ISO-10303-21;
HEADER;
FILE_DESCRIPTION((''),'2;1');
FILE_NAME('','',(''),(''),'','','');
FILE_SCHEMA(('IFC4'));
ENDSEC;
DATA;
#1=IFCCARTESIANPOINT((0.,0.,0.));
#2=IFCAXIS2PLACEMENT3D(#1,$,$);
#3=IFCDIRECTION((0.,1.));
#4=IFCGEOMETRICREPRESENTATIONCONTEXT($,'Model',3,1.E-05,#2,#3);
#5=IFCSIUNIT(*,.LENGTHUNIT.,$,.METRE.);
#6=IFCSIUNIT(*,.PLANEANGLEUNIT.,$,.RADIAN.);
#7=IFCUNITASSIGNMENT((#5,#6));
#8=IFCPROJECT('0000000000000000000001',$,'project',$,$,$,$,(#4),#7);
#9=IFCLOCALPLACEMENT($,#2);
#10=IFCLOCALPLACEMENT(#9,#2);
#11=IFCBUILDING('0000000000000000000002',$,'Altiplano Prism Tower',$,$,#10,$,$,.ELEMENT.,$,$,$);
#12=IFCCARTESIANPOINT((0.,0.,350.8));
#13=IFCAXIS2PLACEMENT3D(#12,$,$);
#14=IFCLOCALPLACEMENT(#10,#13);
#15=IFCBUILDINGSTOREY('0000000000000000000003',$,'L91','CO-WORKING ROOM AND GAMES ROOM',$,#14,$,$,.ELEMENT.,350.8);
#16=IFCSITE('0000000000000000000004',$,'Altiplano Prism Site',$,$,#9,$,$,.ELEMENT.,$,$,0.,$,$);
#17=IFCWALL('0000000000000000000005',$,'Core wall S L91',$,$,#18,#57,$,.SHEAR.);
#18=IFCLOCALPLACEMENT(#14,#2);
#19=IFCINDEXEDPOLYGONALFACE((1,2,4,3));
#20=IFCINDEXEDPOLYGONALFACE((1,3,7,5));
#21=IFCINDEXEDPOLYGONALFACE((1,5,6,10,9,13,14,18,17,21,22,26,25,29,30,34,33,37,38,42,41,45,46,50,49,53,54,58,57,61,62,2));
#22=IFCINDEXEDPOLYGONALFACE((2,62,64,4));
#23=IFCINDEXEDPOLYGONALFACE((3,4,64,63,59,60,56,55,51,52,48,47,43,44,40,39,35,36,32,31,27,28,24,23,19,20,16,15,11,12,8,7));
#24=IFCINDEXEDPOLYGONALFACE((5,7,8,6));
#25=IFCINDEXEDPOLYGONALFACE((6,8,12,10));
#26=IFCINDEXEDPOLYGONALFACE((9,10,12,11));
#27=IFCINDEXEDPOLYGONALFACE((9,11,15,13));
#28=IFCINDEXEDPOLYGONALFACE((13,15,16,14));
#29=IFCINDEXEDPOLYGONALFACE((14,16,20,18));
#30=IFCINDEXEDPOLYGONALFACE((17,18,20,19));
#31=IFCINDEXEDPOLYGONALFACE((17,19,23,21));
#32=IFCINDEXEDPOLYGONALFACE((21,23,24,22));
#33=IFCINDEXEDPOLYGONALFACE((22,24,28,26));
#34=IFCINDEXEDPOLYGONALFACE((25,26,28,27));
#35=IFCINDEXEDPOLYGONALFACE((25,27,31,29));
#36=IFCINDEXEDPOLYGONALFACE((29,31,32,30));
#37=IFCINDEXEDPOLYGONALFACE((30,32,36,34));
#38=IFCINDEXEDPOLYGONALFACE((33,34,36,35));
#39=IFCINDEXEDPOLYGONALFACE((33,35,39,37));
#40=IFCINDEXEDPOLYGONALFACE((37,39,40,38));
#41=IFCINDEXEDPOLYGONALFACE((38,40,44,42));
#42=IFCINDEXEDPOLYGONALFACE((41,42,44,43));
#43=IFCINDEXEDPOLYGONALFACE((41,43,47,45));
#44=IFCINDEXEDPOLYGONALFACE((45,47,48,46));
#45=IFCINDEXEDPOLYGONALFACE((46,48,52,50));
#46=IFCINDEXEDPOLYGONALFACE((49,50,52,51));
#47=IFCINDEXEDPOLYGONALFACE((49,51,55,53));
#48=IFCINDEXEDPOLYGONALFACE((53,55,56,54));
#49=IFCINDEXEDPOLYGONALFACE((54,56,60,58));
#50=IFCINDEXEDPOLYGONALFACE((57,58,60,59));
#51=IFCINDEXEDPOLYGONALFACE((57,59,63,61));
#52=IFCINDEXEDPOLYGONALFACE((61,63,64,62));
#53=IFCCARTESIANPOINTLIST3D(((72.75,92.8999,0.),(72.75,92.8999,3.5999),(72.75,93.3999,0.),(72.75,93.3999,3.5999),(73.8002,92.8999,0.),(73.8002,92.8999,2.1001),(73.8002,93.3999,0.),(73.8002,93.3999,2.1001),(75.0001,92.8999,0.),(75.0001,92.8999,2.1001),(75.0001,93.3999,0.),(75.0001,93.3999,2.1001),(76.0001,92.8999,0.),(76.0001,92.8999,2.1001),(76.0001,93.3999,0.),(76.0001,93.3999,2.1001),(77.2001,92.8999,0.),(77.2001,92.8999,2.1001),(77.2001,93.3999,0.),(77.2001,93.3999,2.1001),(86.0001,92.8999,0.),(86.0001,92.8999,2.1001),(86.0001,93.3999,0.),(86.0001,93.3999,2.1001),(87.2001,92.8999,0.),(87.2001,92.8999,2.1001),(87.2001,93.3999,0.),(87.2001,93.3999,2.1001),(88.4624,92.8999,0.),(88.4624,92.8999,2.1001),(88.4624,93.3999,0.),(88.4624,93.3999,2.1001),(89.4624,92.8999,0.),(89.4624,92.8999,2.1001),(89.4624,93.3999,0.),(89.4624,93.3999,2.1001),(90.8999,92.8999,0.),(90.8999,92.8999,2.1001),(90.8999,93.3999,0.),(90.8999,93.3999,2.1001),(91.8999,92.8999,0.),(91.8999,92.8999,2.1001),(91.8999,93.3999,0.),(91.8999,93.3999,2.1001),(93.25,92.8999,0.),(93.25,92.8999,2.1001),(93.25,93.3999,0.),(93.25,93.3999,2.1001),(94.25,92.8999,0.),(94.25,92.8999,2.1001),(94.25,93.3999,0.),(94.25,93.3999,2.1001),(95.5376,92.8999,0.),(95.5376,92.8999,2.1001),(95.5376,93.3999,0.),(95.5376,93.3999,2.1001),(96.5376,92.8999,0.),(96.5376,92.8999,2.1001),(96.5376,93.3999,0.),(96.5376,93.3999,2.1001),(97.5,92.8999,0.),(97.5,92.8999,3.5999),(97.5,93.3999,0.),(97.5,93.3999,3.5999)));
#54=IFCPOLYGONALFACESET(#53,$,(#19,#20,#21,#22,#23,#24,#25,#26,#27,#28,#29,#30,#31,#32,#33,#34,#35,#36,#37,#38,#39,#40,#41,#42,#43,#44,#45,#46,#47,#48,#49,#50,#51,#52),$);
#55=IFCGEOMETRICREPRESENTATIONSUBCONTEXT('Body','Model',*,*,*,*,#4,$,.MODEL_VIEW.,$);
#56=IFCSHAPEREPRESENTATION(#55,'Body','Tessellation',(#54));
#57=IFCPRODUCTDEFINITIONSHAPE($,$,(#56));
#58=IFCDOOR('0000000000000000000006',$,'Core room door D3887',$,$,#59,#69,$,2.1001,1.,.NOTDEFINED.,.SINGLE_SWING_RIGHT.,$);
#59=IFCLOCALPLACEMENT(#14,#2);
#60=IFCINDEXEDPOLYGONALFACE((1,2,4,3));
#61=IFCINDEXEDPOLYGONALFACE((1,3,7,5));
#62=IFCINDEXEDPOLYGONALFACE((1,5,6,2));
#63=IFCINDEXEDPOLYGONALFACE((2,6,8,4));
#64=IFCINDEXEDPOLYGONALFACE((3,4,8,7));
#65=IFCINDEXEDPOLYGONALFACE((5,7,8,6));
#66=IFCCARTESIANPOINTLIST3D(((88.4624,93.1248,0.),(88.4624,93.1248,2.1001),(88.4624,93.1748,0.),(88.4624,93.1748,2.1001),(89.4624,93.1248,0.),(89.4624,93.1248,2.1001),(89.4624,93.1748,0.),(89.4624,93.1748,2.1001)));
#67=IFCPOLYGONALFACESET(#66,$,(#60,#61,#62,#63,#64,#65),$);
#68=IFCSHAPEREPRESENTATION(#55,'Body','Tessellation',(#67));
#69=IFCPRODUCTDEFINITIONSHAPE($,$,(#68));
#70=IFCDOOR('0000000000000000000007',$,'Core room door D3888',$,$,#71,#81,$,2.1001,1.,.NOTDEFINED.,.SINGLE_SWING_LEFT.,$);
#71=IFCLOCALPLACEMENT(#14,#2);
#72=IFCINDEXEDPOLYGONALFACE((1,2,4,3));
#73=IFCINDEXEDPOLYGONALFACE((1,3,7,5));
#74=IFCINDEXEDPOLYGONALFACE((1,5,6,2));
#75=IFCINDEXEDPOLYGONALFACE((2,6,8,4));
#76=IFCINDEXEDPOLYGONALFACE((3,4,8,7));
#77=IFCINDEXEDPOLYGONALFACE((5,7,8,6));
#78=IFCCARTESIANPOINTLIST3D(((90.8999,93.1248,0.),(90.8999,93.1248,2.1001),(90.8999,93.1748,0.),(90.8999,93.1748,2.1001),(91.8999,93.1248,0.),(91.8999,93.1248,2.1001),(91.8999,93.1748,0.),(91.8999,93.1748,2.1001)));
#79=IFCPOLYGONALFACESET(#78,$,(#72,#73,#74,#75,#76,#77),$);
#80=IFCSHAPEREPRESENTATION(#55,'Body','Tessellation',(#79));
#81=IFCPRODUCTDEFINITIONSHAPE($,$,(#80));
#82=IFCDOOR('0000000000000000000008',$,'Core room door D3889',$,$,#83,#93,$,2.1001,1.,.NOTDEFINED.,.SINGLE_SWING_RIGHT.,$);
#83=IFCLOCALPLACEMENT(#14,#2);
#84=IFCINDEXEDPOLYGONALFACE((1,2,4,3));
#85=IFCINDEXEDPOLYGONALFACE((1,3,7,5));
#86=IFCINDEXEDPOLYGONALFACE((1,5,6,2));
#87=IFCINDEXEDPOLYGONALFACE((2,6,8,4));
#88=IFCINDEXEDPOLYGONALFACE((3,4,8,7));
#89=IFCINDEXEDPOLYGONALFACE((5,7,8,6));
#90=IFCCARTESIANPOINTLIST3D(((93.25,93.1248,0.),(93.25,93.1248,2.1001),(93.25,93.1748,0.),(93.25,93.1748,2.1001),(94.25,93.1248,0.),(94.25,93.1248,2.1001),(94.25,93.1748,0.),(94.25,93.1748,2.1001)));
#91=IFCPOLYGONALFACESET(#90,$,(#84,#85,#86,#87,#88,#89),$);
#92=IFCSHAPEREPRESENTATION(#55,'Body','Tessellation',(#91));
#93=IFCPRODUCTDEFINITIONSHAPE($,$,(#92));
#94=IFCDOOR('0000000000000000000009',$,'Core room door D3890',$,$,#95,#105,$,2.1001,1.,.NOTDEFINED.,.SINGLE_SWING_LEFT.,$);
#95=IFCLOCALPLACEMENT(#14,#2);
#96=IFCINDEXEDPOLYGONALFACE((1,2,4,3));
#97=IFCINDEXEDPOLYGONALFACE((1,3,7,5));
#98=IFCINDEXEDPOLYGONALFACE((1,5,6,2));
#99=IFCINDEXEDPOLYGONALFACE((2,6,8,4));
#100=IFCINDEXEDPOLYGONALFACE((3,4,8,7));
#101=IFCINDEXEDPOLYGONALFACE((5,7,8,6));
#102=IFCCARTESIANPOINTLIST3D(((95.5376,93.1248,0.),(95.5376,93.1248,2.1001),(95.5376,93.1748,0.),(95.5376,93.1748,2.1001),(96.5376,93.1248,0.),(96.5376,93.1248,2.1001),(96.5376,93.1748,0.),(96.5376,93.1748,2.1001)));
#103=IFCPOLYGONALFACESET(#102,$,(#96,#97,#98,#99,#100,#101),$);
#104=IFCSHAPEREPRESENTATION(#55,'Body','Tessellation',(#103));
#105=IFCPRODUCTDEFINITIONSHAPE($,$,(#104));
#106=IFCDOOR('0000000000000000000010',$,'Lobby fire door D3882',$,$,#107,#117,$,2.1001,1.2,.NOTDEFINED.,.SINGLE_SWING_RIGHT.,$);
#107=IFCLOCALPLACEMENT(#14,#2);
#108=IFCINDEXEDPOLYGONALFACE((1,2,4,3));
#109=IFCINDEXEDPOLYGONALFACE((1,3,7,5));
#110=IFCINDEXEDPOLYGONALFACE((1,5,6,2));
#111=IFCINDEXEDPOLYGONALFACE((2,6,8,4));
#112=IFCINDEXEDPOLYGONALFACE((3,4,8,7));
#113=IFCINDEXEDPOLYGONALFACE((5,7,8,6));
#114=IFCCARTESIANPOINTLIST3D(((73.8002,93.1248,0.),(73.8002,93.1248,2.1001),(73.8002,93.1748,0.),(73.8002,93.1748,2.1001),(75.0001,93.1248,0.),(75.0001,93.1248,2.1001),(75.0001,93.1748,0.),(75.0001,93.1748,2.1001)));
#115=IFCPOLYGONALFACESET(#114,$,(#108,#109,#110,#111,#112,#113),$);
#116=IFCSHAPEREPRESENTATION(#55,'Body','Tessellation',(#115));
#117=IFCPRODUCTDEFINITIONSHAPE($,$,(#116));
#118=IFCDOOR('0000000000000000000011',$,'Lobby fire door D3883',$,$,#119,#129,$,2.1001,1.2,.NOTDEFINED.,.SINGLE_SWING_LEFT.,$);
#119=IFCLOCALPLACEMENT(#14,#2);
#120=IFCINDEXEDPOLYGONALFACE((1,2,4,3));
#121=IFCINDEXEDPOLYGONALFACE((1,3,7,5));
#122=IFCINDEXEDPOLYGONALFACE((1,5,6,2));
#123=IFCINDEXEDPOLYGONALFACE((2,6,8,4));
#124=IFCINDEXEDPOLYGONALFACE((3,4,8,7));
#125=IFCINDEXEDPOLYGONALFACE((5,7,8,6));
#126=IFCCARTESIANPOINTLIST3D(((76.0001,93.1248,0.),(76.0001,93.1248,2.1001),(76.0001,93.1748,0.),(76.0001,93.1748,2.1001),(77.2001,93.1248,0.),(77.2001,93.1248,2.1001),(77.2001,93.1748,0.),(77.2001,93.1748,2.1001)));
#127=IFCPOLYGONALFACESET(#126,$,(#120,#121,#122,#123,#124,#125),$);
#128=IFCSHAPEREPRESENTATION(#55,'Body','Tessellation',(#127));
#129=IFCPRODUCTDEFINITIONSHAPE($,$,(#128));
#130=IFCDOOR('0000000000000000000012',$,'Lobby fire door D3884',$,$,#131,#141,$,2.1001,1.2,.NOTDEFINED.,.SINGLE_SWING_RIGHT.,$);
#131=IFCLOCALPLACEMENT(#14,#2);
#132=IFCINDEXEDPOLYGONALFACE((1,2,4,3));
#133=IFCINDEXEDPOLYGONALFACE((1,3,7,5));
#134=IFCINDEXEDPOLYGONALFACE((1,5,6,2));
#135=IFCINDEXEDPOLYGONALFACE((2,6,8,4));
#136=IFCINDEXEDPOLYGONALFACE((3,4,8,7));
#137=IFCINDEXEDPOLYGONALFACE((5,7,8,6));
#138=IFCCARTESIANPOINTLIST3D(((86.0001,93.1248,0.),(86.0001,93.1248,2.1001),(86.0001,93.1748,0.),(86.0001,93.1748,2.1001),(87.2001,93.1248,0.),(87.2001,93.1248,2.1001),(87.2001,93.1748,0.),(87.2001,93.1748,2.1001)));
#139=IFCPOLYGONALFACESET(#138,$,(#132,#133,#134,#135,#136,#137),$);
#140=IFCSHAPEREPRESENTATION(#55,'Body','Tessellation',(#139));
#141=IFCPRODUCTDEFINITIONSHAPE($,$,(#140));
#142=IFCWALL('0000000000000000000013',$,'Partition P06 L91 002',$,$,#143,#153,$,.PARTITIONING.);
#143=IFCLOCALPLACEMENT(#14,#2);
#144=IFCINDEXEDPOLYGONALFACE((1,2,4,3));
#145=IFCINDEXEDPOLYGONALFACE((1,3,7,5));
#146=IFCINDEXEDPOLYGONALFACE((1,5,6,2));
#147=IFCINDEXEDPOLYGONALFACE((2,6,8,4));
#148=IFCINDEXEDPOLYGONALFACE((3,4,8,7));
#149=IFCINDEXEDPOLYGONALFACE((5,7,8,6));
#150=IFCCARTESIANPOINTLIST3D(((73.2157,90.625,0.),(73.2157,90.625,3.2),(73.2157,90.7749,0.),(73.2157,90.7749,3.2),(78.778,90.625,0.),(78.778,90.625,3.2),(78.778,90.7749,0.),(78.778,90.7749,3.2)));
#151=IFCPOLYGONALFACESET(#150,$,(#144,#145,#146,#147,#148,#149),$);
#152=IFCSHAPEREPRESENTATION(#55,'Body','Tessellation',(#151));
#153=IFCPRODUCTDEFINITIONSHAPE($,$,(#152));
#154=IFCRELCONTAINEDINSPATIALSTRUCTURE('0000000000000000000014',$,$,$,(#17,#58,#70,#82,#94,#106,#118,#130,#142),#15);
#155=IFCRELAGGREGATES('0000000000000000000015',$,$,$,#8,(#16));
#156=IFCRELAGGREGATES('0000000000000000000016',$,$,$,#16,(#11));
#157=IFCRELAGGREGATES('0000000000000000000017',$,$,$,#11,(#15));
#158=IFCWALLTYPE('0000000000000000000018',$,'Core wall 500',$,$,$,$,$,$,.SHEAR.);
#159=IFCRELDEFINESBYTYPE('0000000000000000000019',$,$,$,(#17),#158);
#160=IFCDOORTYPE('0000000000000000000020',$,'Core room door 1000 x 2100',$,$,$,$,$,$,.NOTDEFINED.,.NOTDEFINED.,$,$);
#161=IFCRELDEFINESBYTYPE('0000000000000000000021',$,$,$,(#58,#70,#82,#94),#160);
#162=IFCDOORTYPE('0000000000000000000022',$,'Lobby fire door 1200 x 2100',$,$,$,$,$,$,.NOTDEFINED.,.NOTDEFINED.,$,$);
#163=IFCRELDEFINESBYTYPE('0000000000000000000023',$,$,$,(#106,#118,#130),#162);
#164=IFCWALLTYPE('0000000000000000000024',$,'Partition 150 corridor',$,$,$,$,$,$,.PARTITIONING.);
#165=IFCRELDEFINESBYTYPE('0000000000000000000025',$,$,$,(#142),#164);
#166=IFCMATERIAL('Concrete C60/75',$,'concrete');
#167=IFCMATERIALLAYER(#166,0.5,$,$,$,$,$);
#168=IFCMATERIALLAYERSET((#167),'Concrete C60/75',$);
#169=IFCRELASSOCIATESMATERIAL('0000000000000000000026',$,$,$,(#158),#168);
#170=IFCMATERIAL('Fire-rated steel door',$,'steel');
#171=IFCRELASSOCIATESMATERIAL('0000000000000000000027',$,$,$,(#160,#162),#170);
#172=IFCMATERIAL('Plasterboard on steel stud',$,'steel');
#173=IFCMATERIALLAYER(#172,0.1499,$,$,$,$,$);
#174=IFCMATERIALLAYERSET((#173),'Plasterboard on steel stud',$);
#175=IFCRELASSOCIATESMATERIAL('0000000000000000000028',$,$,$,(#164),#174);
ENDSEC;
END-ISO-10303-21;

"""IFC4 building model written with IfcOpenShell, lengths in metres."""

from ifc_helpers import new_model, si_unit, direction, frame, frame_2d, origin, place, context, subcontext, project, spatial, rectangle, extrude, material, layer, layer_set, type_object, element, fill, save


model = new_model("IFC4")

# Units and contexts
model_context = context("Model", 3, precision=1e-05, world=origin(), true_north=direction((0.0, 1.0)))
body_context = subcontext(model_context, "Body", "Model", "MODEL_VIEW")
ifc_project = project(units=[si_unit("LENGTHUNIT", "METRE"), si_unit("PLANEANGLEUNIT", "RADIAN")], contexts=[model_context])

# Site, building, storey
site_placement = place(None, origin())
site = spatial("IfcSite", under=ifc_project, at=site_placement, Name="Altiplano Prism Site", CompositionType="ELEMENT", RefElevation=0.0)
building_placement = place(site_placement, origin())
building = spatial("IfcBuilding", under=site, at=building_placement, Name="Altiplano Prism Tower", CompositionType="ELEMENT")
storey_placement = place(building_placement, frame((0.0, 0.0, 350.8)))
storey = spatial("IfcBuildingStorey", under=building, at=storey_placement, Name="L91", Description="CO-WORKING ROOM AND GAMES ROOM", CompositionType="ELEMENT", Elevation=350.8)

# Shared definitions
ifc_material_1 = material(Name="Concrete C60/75", Category="concrete")

# Wall, openings, doors
ifc_layer_1 = layer(ifc_material_1, 0.5)
ifc_layer_set_1 = layer_set([ifc_layer_1], Name="Concrete C60/75")
wall_type_1 = type_object("IfcWallType", Name="Core wall 500", PredefinedType="SHEAR", material=ifc_layer_set_1)
wall_1_placement = place(storey_placement, frame((72.75, 93.1499, 0.0), z_axis=(0.0, 0.0, 1.0), x_axis=(1.0, 0.0, 0.0)))
wall_1 = element("IfcWall", 1, at=wall_1_placement, inside=storey, type_object=wall_type_1, Name="Core wall S L91", PredefinedType="SHEAR", context=body_context, shape_type="SweptSolid", body=[
    extrude(rectangle(XDim=24.75, YDim=0.5, at=frame_2d((12.375, 0.0))), origin(), (0.0, 0.0, 1.0), 3.5999),
])
opening_1_placement = place(wall_1_placement, frame((1.05, 0.0, 0.0)))
opening_1 = element("IfcOpeningElement", 2, at=opening_1_placement, cuts=wall_1, PredefinedType="OPENING", context=body_context, shape_type="SweptSolid", body=[
    extrude(rectangle(XDim=1.2, YDim=2.1001, at=frame_2d((0.6001, 1.05))), frame((0.0, 0.2605, 0.0), z_axis=(0.0, -1.0, 0.0), x_axis=(1.0, 0.0, 0.0)), (0.0, 0.0, 1.0), 0.521),
])
opening_2_placement = place(wall_1_placement, frame((3.25, 0.0, 0.0)))
opening_2 = element("IfcOpeningElement", 3, at=opening_2_placement, cuts=wall_1, PredefinedType="OPENING", context=body_context, shape_type="SweptSolid", body=[
    extrude(rectangle(XDim=1.2, YDim=2.1001, at=frame_2d((0.6001, 1.05))), frame((0.0, 0.2605, 0.0), z_axis=(0.0, -1.0, 0.0), x_axis=(1.0, 0.0, 0.0)), (0.0, 0.0, 1.0), 0.521),
])
opening_3_placement = place(wall_1_placement, frame((13.25, 0.0, 0.0)))
opening_3 = element("IfcOpeningElement", 4, at=opening_3_placement, cuts=wall_1, PredefinedType="OPENING", context=body_context, shape_type="SweptSolid", body=[
    extrude(rectangle(XDim=1.2, YDim=2.1001, at=frame_2d((0.6001, 1.05))), frame((0.0, 0.2605, 0.0), z_axis=(0.0, -1.0, 0.0), x_axis=(1.0, 0.0, 0.0)), (0.0, 0.0, 1.0), 0.521),
])
opening_4_placement = place(wall_1_placement, frame((15.7124, 0.0, 0.0)))
opening_4 = element("IfcOpeningElement", 5, at=opening_4_placement, cuts=wall_1, PredefinedType="OPENING", context=body_context, shape_type="SweptSolid", body=[
    extrude(rectangle(XDim=1.0, YDim=2.1001, at=frame_2d((0.5, 1.05))), frame((0.0, 0.2605, 0.0), z_axis=(0.0, -1.0, 0.0), x_axis=(1.0, 0.0, 0.0)), (0.0, 0.0, 1.0), 0.521),
])
opening_5_placement = place(wall_1_placement, frame((18.1499, 0.0, 0.0)))
opening_5 = element("IfcOpeningElement", 6, at=opening_5_placement, cuts=wall_1, PredefinedType="OPENING", context=body_context, shape_type="SweptSolid", body=[
    extrude(rectangle(XDim=1.0, YDim=2.1001, at=frame_2d((0.5, 1.05))), frame((0.0, 0.2605, 0.0), z_axis=(0.0, -1.0, 0.0), x_axis=(1.0, 0.0, 0.0)), (0.0, 0.0, 1.0), 0.521),
])
opening_6_placement = place(wall_1_placement, frame((20.5, 0.0, 0.0)))
opening_6 = element("IfcOpeningElement", 7, at=opening_6_placement, cuts=wall_1, PredefinedType="OPENING", context=body_context, shape_type="SweptSolid", body=[
    extrude(rectangle(XDim=1.0, YDim=2.1001, at=frame_2d((0.5, 1.05))), frame((0.0, 0.2605, 0.0), z_axis=(0.0, -1.0, 0.0), x_axis=(1.0, 0.0, 0.0)), (0.0, 0.0, 1.0), 0.521),
])
opening_7_placement = place(wall_1_placement, frame((22.7876, 0.0, 0.0)))
opening_7 = element("IfcOpeningElement", 8, at=opening_7_placement, cuts=wall_1, PredefinedType="OPENING", context=body_context, shape_type="SweptSolid", body=[
    extrude(rectangle(XDim=1.0, YDim=2.1001, at=frame_2d((0.5, 1.05))), frame((0.0, 0.2605, 0.0), z_axis=(0.0, -1.0, 0.0), x_axis=(1.0, 0.0, 0.0)), (0.0, 0.0, 1.0), 0.521),
])
ifc_material_2 = material(Name="Fire-rated steel door", Category="steel")
door_type_1 = type_object("IfcDoorType", Name="Core room door 1000 x 2100", OperationType="NOTDEFINED", PredefinedType="NOTDEFINED", material=ifc_material_2)
door_1_placement = place(opening_4_placement, origin())
door_1 = element("IfcDoor", 9, at=door_1_placement, inside=storey, type_object=door_type_1, Name="Core room door D3887", OperationType="SINGLE_SWING_RIGHT", OverallHeight=2.1001, OverallWidth=1.0, PredefinedType="NOTDEFINED", context=body_context, shape_type="SweptSolid", body=[
    extrude(rectangle(XDim=1.0, YDim=2.1001, at=frame_2d((0.5, 1.05))), frame((0.0, 0.0249, 0.0), z_axis=(0.0, -1.0, 0.0), x_axis=(1.0, 0.0, 0.0)), (0.0, 0.0, 1.0), 0.05),
])
fill(opening_4, door_1)
door_2_placement = place(opening_5_placement, origin())
door_2 = element("IfcDoor", 10, at=door_2_placement, inside=storey, type_object=door_type_1, Name="Core room door D3888", OperationType="SINGLE_SWING_LEFT", OverallHeight=2.1001, OverallWidth=1.0, PredefinedType="NOTDEFINED", context=body_context, shape_type="SweptSolid", body=[
    extrude(rectangle(XDim=1.0, YDim=2.1001, at=frame_2d((0.5, 1.05))), frame((0.0, 0.0249, 0.0), z_axis=(0.0, -1.0, 0.0), x_axis=(1.0, 0.0, 0.0)), (0.0, 0.0, 1.0), 0.05),
])
fill(opening_5, door_2)
door_3_placement = place(opening_6_placement, origin())
door_3 = element("IfcDoor", 11, at=door_3_placement, inside=storey, type_object=door_type_1, Name="Core room door D3889", OperationType="SINGLE_SWING_RIGHT", OverallHeight=2.1001, OverallWidth=1.0, PredefinedType="NOTDEFINED", context=body_context, shape_type="SweptSolid", body=[
    extrude(rectangle(XDim=1.0, YDim=2.1001, at=frame_2d((0.5, 1.05))), frame((0.0, 0.0249, 0.0), z_axis=(0.0, -1.0, 0.0), x_axis=(1.0, 0.0, 0.0)), (0.0, 0.0, 1.0), 0.05),
])
fill(opening_6, door_3)
door_4_placement = place(opening_7_placement, origin())
door_4 = element("IfcDoor", 12, at=door_4_placement, inside=storey, type_object=door_type_1, Name="Core room door D3890", OperationType="SINGLE_SWING_LEFT", OverallHeight=2.1001, OverallWidth=1.0, PredefinedType="NOTDEFINED", context=body_context, shape_type="SweptSolid", body=[
    extrude(rectangle(XDim=1.0, YDim=2.1001, at=frame_2d((0.5, 1.05))), frame((0.0, 0.0249, 0.0), z_axis=(0.0, -1.0, 0.0), x_axis=(1.0, 0.0, 0.0)), (0.0, 0.0, 1.0), 0.05),
])
fill(opening_7, door_4)
door_type_2 = type_object("IfcDoorType", Name="Lobby fire door 1200 x 2100", OperationType="NOTDEFINED", PredefinedType="NOTDEFINED", material=ifc_material_2)
door_5_placement = place(opening_1_placement, origin())
door_5 = element("IfcDoor", 13, at=door_5_placement, inside=storey, type_object=door_type_2, Name="Lobby fire door D3882", OperationType="SINGLE_SWING_RIGHT", OverallHeight=2.1001, OverallWidth=1.2, PredefinedType="NOTDEFINED", context=body_context, shape_type="SweptSolid", body=[
    extrude(rectangle(XDim=1.2, YDim=2.1001, at=frame_2d((0.6001, 1.05))), frame((0.0, 0.0249, 0.0), z_axis=(0.0, -1.0, 0.0), x_axis=(1.0, 0.0, 0.0)), (0.0, 0.0, 1.0), 0.05),
])
fill(opening_1, door_5)
door_6_placement = place(opening_2_placement, origin())
door_6 = element("IfcDoor", 14, at=door_6_placement, inside=storey, type_object=door_type_2, Name="Lobby fire door D3883", OperationType="SINGLE_SWING_LEFT", OverallHeight=2.1001, OverallWidth=1.2, PredefinedType="NOTDEFINED", context=body_context, shape_type="SweptSolid", body=[
    extrude(rectangle(XDim=1.2, YDim=2.1001, at=frame_2d((0.6001, 1.05))), frame((0.0, 0.0249, 0.0), z_axis=(0.0, -1.0, 0.0), x_axis=(1.0, 0.0, 0.0)), (0.0, 0.0, 1.0), 0.05),
])
fill(opening_2, door_6)
door_7_placement = place(opening_3_placement, origin())
door_7 = element("IfcDoor", 15, at=door_7_placement, inside=storey, type_object=door_type_2, Name="Lobby fire door D3884", OperationType="SINGLE_SWING_RIGHT", OverallHeight=2.1001, OverallWidth=1.2, PredefinedType="NOTDEFINED", context=body_context, shape_type="SweptSolid", body=[
    extrude(rectangle(XDim=1.2, YDim=2.1001, at=frame_2d((0.6001, 1.05))), frame((0.0, 0.0249, 0.0), z_axis=(0.0, -1.0, 0.0), x_axis=(1.0, 0.0, 0.0)), (0.0, 0.0, 1.0), 0.05),
])
fill(opening_3, door_7)

# Wall
ifc_material_3 = material(Name="Plasterboard on steel stud", Category="steel")
ifc_layer_2 = layer(ifc_material_3, 0.1499)
ifc_layer_set_2 = layer_set([ifc_layer_2], Name="Plasterboard on steel stud")
wall_type_2 = type_object("IfcWallType", Name="Partition 150 corridor", PredefinedType="PARTITIONING", material=ifc_layer_set_2)
wall_2_placement = place(storey_placement, frame((73.2156, 90.7, 0.0), z_axis=(0.0, 0.0, 1.0), x_axis=(1.0, 0.0, 0.0)))
element("IfcWall", 16, at=wall_2_placement, inside=storey, type_object=wall_type_2, Name="Partition P06 L91 002", PredefinedType="PARTITIONING", context=body_context, shape_type="SweptSolid", body=[
    extrude(rectangle(XDim=5.5623, YDim=0.1499, at=frame_2d((2.7812, 0.0))), origin(), (0.0, 0.0, 1.0), 3.2),
])

save(model, "model.ifc")
